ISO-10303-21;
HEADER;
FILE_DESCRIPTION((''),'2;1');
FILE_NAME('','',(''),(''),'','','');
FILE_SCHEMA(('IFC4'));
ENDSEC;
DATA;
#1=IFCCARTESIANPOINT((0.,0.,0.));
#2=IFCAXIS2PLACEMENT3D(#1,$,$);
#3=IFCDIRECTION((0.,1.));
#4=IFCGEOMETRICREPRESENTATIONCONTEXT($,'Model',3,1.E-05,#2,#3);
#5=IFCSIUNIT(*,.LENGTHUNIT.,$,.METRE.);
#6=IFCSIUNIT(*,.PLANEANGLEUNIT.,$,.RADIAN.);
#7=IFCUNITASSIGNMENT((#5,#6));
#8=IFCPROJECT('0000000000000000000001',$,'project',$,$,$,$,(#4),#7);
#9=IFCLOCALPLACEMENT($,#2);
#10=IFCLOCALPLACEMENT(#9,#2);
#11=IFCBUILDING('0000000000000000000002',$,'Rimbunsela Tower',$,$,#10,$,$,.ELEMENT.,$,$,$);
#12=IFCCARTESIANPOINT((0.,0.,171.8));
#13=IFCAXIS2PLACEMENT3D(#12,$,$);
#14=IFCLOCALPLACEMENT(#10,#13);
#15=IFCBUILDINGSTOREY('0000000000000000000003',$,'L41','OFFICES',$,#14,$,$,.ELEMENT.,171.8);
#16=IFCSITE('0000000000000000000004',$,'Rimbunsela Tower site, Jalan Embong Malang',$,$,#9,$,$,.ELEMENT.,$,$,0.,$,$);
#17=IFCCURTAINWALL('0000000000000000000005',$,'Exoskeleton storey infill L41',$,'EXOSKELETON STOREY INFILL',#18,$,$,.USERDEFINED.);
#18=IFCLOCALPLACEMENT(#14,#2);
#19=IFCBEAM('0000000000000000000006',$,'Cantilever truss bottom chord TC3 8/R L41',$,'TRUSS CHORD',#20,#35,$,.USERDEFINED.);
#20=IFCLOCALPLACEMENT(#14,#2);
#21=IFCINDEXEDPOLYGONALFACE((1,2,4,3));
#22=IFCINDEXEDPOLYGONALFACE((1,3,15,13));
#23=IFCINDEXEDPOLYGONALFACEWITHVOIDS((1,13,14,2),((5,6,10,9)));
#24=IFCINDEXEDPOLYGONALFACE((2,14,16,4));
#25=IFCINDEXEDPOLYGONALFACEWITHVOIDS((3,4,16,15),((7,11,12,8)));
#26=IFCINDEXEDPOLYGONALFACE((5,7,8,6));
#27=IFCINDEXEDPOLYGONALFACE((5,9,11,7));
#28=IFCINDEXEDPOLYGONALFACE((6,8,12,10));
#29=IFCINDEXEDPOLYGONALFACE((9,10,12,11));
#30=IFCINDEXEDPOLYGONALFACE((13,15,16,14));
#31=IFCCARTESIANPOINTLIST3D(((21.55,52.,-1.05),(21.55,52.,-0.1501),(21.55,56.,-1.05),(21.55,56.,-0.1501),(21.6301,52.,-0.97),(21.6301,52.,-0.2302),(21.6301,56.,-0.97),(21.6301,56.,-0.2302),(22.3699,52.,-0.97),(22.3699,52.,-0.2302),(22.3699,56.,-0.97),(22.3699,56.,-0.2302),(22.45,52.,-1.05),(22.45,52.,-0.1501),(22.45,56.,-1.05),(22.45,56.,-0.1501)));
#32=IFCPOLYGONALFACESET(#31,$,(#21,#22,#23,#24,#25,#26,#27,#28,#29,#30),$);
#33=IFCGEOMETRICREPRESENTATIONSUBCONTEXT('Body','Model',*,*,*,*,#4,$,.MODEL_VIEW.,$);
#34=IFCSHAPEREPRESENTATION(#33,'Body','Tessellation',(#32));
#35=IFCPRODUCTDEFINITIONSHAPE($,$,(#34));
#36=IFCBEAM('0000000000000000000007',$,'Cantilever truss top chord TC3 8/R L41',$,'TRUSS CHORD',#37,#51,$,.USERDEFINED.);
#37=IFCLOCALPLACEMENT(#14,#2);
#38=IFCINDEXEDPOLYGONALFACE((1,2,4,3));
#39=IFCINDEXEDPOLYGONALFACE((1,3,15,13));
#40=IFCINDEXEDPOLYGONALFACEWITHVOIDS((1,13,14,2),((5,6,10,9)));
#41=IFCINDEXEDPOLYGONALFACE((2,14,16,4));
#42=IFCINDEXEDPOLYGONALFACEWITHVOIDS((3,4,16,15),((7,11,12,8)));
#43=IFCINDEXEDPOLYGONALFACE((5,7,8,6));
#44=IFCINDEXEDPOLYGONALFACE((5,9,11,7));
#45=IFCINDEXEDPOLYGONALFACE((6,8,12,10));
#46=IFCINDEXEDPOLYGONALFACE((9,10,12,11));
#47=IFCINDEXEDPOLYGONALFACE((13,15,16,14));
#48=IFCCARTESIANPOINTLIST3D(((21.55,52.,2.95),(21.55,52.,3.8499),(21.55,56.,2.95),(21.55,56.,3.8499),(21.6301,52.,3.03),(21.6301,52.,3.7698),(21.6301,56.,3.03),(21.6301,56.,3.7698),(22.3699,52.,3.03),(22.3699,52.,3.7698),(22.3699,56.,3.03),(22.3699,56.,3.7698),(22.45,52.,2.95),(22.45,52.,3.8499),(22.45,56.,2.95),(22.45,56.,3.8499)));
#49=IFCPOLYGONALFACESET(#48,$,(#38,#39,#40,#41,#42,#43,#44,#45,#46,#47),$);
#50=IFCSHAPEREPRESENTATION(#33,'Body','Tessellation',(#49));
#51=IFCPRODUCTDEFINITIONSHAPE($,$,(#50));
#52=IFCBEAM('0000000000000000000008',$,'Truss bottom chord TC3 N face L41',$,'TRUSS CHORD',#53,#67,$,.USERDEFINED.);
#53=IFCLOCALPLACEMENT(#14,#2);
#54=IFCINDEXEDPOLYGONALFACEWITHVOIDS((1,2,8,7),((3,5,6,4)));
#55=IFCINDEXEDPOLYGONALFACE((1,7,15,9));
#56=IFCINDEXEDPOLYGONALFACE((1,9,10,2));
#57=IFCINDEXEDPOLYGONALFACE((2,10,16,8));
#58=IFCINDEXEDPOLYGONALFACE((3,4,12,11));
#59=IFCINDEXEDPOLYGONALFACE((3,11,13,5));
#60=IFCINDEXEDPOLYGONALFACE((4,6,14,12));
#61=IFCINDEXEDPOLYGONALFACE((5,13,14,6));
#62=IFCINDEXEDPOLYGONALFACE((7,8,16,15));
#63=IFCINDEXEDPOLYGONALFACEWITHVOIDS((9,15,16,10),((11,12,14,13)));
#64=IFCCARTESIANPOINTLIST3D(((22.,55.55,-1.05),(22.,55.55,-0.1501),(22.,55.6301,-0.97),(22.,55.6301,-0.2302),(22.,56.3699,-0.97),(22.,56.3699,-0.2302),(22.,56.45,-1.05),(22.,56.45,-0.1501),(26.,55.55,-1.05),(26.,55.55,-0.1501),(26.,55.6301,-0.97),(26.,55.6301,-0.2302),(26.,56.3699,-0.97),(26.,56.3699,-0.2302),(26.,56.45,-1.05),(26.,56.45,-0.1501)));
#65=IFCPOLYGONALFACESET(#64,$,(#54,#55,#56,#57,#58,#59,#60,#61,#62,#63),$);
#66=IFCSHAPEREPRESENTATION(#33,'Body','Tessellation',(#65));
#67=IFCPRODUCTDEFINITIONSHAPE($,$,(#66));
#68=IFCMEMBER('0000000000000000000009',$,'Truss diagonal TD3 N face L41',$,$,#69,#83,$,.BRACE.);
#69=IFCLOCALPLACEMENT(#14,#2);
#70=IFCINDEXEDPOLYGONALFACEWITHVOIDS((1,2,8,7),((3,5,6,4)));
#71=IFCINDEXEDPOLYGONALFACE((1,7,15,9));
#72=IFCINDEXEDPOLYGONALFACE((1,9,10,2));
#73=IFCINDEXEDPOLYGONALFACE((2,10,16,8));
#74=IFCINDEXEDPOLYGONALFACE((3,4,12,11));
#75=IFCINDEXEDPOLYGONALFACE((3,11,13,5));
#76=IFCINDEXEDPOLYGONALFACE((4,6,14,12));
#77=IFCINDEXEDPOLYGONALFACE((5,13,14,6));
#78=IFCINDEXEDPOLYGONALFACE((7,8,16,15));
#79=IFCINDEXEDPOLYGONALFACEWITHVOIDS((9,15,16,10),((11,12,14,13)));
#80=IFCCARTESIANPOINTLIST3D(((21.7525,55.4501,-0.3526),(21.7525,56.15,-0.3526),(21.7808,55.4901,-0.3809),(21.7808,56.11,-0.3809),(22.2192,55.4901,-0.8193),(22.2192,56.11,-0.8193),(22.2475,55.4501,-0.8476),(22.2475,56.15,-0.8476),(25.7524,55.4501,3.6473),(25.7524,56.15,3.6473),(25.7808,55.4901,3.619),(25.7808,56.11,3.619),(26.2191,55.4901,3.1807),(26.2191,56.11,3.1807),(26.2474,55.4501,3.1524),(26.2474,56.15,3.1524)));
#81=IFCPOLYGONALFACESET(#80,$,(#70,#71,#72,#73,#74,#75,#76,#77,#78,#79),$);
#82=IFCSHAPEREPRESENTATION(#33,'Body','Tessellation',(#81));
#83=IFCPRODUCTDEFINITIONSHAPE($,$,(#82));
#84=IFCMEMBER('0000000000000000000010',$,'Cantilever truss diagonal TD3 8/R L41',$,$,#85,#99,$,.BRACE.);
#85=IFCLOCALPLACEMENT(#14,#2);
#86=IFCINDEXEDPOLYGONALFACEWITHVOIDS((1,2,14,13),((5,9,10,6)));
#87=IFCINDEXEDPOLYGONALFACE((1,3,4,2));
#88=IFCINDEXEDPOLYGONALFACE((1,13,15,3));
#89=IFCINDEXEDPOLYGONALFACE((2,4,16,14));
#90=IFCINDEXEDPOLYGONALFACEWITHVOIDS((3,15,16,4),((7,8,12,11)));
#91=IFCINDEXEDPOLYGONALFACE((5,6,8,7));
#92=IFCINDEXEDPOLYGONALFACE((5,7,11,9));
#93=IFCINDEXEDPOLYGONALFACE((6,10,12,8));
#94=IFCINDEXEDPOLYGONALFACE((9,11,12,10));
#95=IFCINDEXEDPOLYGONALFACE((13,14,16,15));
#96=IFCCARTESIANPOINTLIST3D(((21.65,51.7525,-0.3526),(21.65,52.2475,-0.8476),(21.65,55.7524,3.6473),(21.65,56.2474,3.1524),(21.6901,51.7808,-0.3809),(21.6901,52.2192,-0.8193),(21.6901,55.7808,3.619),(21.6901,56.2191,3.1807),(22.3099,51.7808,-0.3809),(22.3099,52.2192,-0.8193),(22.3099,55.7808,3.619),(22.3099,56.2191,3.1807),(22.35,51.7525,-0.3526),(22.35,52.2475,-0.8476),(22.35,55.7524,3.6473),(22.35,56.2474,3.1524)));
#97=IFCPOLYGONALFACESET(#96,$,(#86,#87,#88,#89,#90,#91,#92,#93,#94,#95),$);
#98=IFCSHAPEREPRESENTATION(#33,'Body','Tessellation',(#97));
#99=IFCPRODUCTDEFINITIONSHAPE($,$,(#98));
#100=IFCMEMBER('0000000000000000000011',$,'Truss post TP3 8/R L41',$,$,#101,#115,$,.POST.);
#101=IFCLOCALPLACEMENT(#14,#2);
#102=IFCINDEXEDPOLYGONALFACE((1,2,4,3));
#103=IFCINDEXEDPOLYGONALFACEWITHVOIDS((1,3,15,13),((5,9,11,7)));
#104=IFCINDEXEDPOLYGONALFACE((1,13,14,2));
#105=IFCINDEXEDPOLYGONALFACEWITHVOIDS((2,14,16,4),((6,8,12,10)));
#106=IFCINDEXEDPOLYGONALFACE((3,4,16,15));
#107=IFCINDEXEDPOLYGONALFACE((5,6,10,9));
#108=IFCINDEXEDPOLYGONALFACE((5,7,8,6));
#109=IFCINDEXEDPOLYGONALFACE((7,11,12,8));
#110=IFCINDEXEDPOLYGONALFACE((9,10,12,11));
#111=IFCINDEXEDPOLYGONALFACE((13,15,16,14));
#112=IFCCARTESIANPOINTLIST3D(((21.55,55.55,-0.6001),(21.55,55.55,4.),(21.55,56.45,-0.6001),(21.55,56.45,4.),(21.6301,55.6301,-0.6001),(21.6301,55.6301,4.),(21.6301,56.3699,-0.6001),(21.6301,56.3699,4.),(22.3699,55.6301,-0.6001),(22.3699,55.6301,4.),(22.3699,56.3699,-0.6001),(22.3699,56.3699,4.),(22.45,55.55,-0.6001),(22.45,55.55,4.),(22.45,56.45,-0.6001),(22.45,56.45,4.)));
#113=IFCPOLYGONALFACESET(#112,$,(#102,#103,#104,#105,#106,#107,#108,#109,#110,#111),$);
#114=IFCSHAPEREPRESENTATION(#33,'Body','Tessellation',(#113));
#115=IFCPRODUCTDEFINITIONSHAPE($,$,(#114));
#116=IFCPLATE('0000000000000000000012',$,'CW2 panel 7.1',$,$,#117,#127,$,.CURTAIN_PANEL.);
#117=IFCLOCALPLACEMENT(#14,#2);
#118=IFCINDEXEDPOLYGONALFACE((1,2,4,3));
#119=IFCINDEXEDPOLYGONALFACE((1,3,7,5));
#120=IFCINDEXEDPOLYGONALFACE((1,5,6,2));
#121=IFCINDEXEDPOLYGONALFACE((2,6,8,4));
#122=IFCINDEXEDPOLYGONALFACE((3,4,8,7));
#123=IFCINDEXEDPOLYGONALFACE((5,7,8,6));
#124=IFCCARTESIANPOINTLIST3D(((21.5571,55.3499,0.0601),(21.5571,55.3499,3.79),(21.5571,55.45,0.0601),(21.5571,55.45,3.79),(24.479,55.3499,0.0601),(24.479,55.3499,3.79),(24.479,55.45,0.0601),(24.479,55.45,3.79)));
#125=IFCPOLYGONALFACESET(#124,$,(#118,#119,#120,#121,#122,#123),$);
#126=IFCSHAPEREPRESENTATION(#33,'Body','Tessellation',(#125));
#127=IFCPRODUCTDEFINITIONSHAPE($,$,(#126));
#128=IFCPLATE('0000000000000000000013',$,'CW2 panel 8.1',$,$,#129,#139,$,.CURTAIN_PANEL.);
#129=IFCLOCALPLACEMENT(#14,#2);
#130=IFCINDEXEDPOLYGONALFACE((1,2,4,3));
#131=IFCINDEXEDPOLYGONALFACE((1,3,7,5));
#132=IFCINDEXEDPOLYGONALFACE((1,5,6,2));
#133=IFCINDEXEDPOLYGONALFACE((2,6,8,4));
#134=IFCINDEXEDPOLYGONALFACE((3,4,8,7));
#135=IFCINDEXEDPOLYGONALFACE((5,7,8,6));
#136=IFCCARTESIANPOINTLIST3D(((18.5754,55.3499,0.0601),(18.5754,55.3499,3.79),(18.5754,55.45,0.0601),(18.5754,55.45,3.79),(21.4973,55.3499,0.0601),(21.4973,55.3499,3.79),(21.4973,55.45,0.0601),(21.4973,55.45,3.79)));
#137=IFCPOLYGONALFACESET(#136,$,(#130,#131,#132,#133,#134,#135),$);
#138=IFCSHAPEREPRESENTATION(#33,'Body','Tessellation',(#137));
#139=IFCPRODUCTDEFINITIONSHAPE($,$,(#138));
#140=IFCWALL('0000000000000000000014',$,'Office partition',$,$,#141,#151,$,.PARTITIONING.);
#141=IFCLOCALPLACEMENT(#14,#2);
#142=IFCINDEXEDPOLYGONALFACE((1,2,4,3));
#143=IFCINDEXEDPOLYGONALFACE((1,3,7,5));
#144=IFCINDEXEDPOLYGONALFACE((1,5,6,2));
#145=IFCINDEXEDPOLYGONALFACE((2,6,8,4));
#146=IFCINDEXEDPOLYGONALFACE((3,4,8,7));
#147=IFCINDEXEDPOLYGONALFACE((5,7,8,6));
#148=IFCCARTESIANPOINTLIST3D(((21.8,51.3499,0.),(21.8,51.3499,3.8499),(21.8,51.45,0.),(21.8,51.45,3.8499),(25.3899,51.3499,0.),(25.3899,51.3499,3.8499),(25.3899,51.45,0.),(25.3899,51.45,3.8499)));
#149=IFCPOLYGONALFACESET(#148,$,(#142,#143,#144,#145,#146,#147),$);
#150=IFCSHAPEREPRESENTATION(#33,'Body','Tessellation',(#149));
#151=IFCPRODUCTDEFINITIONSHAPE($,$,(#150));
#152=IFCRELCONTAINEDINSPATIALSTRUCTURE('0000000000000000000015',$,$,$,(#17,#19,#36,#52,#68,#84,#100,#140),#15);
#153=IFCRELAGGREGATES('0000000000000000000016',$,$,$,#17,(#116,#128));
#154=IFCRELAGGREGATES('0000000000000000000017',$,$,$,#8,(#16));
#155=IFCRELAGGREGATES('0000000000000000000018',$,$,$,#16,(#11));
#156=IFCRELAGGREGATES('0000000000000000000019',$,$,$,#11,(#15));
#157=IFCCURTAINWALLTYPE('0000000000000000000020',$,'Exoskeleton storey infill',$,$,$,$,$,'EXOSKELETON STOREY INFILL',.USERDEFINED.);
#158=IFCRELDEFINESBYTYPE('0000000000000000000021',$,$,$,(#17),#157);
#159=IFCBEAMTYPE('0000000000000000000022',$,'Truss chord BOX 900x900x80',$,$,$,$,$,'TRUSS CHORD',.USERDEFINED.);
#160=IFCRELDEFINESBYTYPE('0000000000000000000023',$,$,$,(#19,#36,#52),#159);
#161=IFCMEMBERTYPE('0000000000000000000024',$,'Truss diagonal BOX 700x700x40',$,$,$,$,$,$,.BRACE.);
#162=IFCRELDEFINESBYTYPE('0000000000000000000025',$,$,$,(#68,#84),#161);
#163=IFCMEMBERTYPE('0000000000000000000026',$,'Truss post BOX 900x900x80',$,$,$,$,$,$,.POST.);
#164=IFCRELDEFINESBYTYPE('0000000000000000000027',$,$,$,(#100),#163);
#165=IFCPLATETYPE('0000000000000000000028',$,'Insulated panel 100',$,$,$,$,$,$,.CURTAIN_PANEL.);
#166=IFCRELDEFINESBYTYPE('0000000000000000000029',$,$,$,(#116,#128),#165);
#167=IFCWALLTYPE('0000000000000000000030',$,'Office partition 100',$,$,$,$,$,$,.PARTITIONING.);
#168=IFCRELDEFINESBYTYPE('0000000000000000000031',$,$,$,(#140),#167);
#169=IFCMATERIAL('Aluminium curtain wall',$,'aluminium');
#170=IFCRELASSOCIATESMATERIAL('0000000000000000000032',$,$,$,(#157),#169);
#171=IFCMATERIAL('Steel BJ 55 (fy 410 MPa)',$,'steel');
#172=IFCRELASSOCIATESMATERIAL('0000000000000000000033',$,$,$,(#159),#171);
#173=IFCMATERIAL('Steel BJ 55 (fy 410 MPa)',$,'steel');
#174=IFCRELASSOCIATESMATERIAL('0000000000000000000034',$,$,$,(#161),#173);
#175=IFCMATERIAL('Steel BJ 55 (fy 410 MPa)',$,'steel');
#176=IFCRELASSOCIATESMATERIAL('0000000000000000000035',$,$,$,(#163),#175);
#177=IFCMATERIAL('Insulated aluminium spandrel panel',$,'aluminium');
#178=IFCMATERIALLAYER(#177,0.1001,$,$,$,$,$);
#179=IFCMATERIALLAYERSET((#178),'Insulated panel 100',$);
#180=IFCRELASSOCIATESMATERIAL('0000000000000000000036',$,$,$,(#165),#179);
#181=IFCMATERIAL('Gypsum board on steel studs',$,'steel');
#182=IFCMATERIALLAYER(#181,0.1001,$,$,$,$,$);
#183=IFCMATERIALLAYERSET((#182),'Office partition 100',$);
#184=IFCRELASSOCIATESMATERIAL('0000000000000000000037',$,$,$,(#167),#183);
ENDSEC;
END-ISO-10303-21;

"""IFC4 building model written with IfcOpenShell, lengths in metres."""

from ifc_helpers import new_model, si_unit, direction, frame, frame_2d, origin, origin_2d, place, context, subcontext, project, spatial, rectangle, hollow_rectangle, extrude, material, layer, layer_set, material_profile, profile_set, type_object, element, aggregate, save


model = new_model("IFC4")

# Units and contexts
model_context = context("Model", 3, precision=1e-05, world=origin(), true_north=direction((0.0, 1.0)))
body_context = subcontext(model_context, "Body", "Model", "MODEL_VIEW")
ifc_project = project(units=[si_unit("LENGTHUNIT", "METRE"), si_unit("PLANEANGLEUNIT", "RADIAN")], contexts=[model_context])

# Site, building, storey
site_placement = place(None, origin())
site = spatial("IfcSite", under=ifc_project, at=site_placement, Name="Rimbunsela Tower site, Jalan Embong Malang", CompositionType="ELEMENT", RefElevation=0.0)
building_placement = place(site_placement, origin())
building = spatial("IfcBuilding", under=site, at=building_placement, Name="Rimbunsela Tower", CompositionType="ELEMENT")
storey_placement = place(building_placement, frame((0.0, 0.0, 171.8)))
storey = spatial("IfcBuildingStorey", under=building, at=storey_placement, Name="L41", Description="OFFICES", CompositionType="ELEMENT", Elevation=171.8)

# Curtain wall
ifc_material_1 = material(Name="Aluminium curtain wall", Category="aluminium")
curtain_wall_type = type_object("IfcCurtainWallType", Name="Exoskeleton storey infill", ElementType="EXOSKELETON STOREY INFILL", PredefinedType="USERDEFINED", material=ifc_material_1)
curtain_wall_placement = place(storey_placement, origin())
curtain_wall = element("IfcCurtainWall", 1, at=curtain_wall_placement, inside=storey, type_object=curtain_wall_type, Name="Exoskeleton storey infill L41", ObjectType="EXOSKELETON STOREY INFILL", PredefinedType="USERDEFINED")

# Beams
ifc_material_2 = material(Name="Steel BJ 55 (fy 410 MPa)", Category="steel")
ifc_material_profile_1 = material_profile(ifc_material_2, hollow_rectangle(XDim=0.8999, YDim=0.8999, WallThickness=0.0801, at=origin_2d()), Name="BOX 900x900x80")
ifc_profile_set_1 = profile_set([ifc_material_profile_1], Name="Steel BJ 55 (fy 410 MPa)")
beam_type_1 = type_object("IfcBeamType", Name="Truss chord BOX 900x900x80", ElementType="TRUSS CHORD", PredefinedType="USERDEFINED", material=ifc_profile_set_1)
for number, where, z_axis, x_axis, name in (
    (2, (22.0, 52.0, -0.6001), (0.0, 1.0, 0.0), (-1.0, 0.0, 0.0), "Cantilever truss bottom chord TC3 8/R L41"),
    (3, (22.0, 52.0, 3.3999), (0.0, 1.0, 0.0), (-1.0, 0.0, 0.0), "Cantilever truss top chord TC3 8/R L41"),
    (4, (22.0, 56.0, -0.6001), (1.0, 0.0, 0.0), (0.0, 1.0, 0.0), "Truss bottom chord TC3 N face L41"),
):
    element("IfcBeam", number, at=place(storey_placement, frame(where, z_axis=z_axis, x_axis=x_axis)), inside=storey, type_object=beam_type_1, Name=name, ObjectType="TRUSS CHORD", PredefinedType="USERDEFINED", context=body_context, shape_type="SweptSolid", body=[
        extrude(hollow_rectangle(XDim=0.8999, YDim=0.8999, WallThickness=0.0801, at=origin_2d()), origin(), (0.0, 0.0, 1.0), 4.0),
    ])

# Members
ifc_material_3 = material(Name="Steel BJ 55 (fy 410 MPa)", Category="steel")
ifc_material_profile_2 = material_profile(ifc_material_3, hollow_rectangle(XDim=0.7, YDim=0.7, WallThickness=0.04, at=origin_2d()), Name="BOX 700x700x40")
ifc_profile_set_2 = profile_set([ifc_material_profile_2], Name="Steel BJ 55 (fy 410 MPa)")
member_type_1 = type_object("IfcMemberType", Name="Truss diagonal BOX 700x700x40", PredefinedType="BRACE", material=ifc_profile_set_2)
for number, where, z_axis, x_axis, name in (
    (5, (22.0, 55.8, -0.6001), (0.707107, 0.0, 0.707107), (0.0, 1.0, 0.0), "Truss diagonal TD3 N face L41"),
    (6, (22.0, 52.0, -0.6001), (0.0, 0.707107, 0.707107), (-1.0, 0.0, 0.0), "Cantilever truss diagonal TD3 8/R L41"),
):
    element("IfcMember", number, at=place(storey_placement, frame(where, z_axis=z_axis, x_axis=x_axis)), inside=storey, type_object=member_type_1, Name=name, PredefinedType="BRACE", context=body_context, shape_type="SweptSolid", body=[
        extrude(hollow_rectangle(XDim=0.7, YDim=0.7, WallThickness=0.04, at=origin_2d()), origin(), (0.0, 0.0, 1.0), 5.6567),
    ])
ifc_material_4 = material(Name="Steel BJ 55 (fy 410 MPa)", Category="steel")
ifc_material_profile_3 = material_profile(ifc_material_4, hollow_rectangle(XDim=0.8999, YDim=0.8999, WallThickness=0.0801, at=origin_2d()), Name="BOX 900x900x80")
ifc_profile_set_3 = profile_set([ifc_material_profile_3], Name="Steel BJ 55 (fy 410 MPa)")
member_type_2 = type_object("IfcMemberType", Name="Truss post BOX 900x900x80", PredefinedType="POST", material=ifc_profile_set_3)
member_1_placement = place(storey_placement, frame((22.0, 56.0, -0.6001), z_axis=(0.0, 0.0, 1.0), x_axis=(1.0, 0.0, 0.0)))
element("IfcMember", 7, at=member_1_placement, inside=storey, type_object=member_type_2, Name="Truss post TP3 8/R L41", PredefinedType="POST", context=body_context, shape_type="SweptSolid", body=[
    extrude(hollow_rectangle(XDim=0.8999, YDim=0.8999, WallThickness=0.0801, at=origin_2d()), origin(), (0.0, 0.0, 1.0), 4.6001),
])

# Plates
ifc_material_5 = material(Name="Insulated aluminium spandrel panel", Category="aluminium")
ifc_layer_1 = layer(ifc_material_5, 0.1001)
ifc_layer_set_1 = layer_set([ifc_layer_1], Name="Insulated panel 100")
plate_type = type_object("IfcPlateType", Name="Insulated panel 100", PredefinedType="CURTAIN_PANEL", material=ifc_layer_set_1)
plate_1_placement = place(storey_placement, frame((23.0181, 55.3999, 0.0601), z_axis=(0.0, 0.0, 1.0), x_axis=(-1.0, 0.0, 0.0)))
plate_1 = element("IfcPlate", 8, at=plate_1_placement, type_object=plate_type, Name="CW2 panel 7.1", PredefinedType="CURTAIN_PANEL", context=body_context, shape_type="SweptSolid", body=[
    extrude(rectangle(XDim=2.9219, YDim=0.1001, at=origin_2d()), origin(), (0.0, 0.0, 1.0), 3.73),
])
plate_2_placement = place(storey_placement, frame((20.0364, 55.3999, 0.0601), z_axis=(0.0, 0.0, 1.0), x_axis=(-1.0, 0.0, 0.0)))
plate_2 = element("IfcPlate", 9, at=plate_2_placement, type_object=plate_type, Name="CW2 panel 8.1", PredefinedType="CURTAIN_PANEL", context=body_context, shape_type="SweptSolid", body=[
    extrude(rectangle(XDim=2.9219, YDim=0.1001, at=origin_2d()), origin(), (0.0, 0.0, 1.0), 3.73),
])
aggregate(curtain_wall, [plate_1, plate_2])

# Wall
ifc_material_6 = material(Name="Gypsum board on steel studs", Category="steel")
ifc_layer_2 = layer(ifc_material_6, 0.1001)
ifc_layer_set_2 = layer_set([ifc_layer_2], Name="Office partition 100")
wall_type = type_object("IfcWallType", Name="Office partition 100", PredefinedType="PARTITIONING", material=ifc_layer_set_2)
wall_placement = place(storey_placement, frame((21.8, 51.3999, 0.0), z_axis=(0.0, 0.0, 1.0), x_axis=(1.0, 0.0, 0.0)))
element("IfcWall", 10, at=wall_placement, inside=storey, type_object=wall_type, Name="Office partition", PredefinedType="PARTITIONING", context=body_context, shape_type="SweptSolid", body=[
    extrude(rectangle(XDim=3.5898, YDim=0.1001, at=frame_2d((1.7949, 0.0))), origin(), (0.0, 0.0, 1.0), 3.8499),
])

save(model, "model.ifc")
